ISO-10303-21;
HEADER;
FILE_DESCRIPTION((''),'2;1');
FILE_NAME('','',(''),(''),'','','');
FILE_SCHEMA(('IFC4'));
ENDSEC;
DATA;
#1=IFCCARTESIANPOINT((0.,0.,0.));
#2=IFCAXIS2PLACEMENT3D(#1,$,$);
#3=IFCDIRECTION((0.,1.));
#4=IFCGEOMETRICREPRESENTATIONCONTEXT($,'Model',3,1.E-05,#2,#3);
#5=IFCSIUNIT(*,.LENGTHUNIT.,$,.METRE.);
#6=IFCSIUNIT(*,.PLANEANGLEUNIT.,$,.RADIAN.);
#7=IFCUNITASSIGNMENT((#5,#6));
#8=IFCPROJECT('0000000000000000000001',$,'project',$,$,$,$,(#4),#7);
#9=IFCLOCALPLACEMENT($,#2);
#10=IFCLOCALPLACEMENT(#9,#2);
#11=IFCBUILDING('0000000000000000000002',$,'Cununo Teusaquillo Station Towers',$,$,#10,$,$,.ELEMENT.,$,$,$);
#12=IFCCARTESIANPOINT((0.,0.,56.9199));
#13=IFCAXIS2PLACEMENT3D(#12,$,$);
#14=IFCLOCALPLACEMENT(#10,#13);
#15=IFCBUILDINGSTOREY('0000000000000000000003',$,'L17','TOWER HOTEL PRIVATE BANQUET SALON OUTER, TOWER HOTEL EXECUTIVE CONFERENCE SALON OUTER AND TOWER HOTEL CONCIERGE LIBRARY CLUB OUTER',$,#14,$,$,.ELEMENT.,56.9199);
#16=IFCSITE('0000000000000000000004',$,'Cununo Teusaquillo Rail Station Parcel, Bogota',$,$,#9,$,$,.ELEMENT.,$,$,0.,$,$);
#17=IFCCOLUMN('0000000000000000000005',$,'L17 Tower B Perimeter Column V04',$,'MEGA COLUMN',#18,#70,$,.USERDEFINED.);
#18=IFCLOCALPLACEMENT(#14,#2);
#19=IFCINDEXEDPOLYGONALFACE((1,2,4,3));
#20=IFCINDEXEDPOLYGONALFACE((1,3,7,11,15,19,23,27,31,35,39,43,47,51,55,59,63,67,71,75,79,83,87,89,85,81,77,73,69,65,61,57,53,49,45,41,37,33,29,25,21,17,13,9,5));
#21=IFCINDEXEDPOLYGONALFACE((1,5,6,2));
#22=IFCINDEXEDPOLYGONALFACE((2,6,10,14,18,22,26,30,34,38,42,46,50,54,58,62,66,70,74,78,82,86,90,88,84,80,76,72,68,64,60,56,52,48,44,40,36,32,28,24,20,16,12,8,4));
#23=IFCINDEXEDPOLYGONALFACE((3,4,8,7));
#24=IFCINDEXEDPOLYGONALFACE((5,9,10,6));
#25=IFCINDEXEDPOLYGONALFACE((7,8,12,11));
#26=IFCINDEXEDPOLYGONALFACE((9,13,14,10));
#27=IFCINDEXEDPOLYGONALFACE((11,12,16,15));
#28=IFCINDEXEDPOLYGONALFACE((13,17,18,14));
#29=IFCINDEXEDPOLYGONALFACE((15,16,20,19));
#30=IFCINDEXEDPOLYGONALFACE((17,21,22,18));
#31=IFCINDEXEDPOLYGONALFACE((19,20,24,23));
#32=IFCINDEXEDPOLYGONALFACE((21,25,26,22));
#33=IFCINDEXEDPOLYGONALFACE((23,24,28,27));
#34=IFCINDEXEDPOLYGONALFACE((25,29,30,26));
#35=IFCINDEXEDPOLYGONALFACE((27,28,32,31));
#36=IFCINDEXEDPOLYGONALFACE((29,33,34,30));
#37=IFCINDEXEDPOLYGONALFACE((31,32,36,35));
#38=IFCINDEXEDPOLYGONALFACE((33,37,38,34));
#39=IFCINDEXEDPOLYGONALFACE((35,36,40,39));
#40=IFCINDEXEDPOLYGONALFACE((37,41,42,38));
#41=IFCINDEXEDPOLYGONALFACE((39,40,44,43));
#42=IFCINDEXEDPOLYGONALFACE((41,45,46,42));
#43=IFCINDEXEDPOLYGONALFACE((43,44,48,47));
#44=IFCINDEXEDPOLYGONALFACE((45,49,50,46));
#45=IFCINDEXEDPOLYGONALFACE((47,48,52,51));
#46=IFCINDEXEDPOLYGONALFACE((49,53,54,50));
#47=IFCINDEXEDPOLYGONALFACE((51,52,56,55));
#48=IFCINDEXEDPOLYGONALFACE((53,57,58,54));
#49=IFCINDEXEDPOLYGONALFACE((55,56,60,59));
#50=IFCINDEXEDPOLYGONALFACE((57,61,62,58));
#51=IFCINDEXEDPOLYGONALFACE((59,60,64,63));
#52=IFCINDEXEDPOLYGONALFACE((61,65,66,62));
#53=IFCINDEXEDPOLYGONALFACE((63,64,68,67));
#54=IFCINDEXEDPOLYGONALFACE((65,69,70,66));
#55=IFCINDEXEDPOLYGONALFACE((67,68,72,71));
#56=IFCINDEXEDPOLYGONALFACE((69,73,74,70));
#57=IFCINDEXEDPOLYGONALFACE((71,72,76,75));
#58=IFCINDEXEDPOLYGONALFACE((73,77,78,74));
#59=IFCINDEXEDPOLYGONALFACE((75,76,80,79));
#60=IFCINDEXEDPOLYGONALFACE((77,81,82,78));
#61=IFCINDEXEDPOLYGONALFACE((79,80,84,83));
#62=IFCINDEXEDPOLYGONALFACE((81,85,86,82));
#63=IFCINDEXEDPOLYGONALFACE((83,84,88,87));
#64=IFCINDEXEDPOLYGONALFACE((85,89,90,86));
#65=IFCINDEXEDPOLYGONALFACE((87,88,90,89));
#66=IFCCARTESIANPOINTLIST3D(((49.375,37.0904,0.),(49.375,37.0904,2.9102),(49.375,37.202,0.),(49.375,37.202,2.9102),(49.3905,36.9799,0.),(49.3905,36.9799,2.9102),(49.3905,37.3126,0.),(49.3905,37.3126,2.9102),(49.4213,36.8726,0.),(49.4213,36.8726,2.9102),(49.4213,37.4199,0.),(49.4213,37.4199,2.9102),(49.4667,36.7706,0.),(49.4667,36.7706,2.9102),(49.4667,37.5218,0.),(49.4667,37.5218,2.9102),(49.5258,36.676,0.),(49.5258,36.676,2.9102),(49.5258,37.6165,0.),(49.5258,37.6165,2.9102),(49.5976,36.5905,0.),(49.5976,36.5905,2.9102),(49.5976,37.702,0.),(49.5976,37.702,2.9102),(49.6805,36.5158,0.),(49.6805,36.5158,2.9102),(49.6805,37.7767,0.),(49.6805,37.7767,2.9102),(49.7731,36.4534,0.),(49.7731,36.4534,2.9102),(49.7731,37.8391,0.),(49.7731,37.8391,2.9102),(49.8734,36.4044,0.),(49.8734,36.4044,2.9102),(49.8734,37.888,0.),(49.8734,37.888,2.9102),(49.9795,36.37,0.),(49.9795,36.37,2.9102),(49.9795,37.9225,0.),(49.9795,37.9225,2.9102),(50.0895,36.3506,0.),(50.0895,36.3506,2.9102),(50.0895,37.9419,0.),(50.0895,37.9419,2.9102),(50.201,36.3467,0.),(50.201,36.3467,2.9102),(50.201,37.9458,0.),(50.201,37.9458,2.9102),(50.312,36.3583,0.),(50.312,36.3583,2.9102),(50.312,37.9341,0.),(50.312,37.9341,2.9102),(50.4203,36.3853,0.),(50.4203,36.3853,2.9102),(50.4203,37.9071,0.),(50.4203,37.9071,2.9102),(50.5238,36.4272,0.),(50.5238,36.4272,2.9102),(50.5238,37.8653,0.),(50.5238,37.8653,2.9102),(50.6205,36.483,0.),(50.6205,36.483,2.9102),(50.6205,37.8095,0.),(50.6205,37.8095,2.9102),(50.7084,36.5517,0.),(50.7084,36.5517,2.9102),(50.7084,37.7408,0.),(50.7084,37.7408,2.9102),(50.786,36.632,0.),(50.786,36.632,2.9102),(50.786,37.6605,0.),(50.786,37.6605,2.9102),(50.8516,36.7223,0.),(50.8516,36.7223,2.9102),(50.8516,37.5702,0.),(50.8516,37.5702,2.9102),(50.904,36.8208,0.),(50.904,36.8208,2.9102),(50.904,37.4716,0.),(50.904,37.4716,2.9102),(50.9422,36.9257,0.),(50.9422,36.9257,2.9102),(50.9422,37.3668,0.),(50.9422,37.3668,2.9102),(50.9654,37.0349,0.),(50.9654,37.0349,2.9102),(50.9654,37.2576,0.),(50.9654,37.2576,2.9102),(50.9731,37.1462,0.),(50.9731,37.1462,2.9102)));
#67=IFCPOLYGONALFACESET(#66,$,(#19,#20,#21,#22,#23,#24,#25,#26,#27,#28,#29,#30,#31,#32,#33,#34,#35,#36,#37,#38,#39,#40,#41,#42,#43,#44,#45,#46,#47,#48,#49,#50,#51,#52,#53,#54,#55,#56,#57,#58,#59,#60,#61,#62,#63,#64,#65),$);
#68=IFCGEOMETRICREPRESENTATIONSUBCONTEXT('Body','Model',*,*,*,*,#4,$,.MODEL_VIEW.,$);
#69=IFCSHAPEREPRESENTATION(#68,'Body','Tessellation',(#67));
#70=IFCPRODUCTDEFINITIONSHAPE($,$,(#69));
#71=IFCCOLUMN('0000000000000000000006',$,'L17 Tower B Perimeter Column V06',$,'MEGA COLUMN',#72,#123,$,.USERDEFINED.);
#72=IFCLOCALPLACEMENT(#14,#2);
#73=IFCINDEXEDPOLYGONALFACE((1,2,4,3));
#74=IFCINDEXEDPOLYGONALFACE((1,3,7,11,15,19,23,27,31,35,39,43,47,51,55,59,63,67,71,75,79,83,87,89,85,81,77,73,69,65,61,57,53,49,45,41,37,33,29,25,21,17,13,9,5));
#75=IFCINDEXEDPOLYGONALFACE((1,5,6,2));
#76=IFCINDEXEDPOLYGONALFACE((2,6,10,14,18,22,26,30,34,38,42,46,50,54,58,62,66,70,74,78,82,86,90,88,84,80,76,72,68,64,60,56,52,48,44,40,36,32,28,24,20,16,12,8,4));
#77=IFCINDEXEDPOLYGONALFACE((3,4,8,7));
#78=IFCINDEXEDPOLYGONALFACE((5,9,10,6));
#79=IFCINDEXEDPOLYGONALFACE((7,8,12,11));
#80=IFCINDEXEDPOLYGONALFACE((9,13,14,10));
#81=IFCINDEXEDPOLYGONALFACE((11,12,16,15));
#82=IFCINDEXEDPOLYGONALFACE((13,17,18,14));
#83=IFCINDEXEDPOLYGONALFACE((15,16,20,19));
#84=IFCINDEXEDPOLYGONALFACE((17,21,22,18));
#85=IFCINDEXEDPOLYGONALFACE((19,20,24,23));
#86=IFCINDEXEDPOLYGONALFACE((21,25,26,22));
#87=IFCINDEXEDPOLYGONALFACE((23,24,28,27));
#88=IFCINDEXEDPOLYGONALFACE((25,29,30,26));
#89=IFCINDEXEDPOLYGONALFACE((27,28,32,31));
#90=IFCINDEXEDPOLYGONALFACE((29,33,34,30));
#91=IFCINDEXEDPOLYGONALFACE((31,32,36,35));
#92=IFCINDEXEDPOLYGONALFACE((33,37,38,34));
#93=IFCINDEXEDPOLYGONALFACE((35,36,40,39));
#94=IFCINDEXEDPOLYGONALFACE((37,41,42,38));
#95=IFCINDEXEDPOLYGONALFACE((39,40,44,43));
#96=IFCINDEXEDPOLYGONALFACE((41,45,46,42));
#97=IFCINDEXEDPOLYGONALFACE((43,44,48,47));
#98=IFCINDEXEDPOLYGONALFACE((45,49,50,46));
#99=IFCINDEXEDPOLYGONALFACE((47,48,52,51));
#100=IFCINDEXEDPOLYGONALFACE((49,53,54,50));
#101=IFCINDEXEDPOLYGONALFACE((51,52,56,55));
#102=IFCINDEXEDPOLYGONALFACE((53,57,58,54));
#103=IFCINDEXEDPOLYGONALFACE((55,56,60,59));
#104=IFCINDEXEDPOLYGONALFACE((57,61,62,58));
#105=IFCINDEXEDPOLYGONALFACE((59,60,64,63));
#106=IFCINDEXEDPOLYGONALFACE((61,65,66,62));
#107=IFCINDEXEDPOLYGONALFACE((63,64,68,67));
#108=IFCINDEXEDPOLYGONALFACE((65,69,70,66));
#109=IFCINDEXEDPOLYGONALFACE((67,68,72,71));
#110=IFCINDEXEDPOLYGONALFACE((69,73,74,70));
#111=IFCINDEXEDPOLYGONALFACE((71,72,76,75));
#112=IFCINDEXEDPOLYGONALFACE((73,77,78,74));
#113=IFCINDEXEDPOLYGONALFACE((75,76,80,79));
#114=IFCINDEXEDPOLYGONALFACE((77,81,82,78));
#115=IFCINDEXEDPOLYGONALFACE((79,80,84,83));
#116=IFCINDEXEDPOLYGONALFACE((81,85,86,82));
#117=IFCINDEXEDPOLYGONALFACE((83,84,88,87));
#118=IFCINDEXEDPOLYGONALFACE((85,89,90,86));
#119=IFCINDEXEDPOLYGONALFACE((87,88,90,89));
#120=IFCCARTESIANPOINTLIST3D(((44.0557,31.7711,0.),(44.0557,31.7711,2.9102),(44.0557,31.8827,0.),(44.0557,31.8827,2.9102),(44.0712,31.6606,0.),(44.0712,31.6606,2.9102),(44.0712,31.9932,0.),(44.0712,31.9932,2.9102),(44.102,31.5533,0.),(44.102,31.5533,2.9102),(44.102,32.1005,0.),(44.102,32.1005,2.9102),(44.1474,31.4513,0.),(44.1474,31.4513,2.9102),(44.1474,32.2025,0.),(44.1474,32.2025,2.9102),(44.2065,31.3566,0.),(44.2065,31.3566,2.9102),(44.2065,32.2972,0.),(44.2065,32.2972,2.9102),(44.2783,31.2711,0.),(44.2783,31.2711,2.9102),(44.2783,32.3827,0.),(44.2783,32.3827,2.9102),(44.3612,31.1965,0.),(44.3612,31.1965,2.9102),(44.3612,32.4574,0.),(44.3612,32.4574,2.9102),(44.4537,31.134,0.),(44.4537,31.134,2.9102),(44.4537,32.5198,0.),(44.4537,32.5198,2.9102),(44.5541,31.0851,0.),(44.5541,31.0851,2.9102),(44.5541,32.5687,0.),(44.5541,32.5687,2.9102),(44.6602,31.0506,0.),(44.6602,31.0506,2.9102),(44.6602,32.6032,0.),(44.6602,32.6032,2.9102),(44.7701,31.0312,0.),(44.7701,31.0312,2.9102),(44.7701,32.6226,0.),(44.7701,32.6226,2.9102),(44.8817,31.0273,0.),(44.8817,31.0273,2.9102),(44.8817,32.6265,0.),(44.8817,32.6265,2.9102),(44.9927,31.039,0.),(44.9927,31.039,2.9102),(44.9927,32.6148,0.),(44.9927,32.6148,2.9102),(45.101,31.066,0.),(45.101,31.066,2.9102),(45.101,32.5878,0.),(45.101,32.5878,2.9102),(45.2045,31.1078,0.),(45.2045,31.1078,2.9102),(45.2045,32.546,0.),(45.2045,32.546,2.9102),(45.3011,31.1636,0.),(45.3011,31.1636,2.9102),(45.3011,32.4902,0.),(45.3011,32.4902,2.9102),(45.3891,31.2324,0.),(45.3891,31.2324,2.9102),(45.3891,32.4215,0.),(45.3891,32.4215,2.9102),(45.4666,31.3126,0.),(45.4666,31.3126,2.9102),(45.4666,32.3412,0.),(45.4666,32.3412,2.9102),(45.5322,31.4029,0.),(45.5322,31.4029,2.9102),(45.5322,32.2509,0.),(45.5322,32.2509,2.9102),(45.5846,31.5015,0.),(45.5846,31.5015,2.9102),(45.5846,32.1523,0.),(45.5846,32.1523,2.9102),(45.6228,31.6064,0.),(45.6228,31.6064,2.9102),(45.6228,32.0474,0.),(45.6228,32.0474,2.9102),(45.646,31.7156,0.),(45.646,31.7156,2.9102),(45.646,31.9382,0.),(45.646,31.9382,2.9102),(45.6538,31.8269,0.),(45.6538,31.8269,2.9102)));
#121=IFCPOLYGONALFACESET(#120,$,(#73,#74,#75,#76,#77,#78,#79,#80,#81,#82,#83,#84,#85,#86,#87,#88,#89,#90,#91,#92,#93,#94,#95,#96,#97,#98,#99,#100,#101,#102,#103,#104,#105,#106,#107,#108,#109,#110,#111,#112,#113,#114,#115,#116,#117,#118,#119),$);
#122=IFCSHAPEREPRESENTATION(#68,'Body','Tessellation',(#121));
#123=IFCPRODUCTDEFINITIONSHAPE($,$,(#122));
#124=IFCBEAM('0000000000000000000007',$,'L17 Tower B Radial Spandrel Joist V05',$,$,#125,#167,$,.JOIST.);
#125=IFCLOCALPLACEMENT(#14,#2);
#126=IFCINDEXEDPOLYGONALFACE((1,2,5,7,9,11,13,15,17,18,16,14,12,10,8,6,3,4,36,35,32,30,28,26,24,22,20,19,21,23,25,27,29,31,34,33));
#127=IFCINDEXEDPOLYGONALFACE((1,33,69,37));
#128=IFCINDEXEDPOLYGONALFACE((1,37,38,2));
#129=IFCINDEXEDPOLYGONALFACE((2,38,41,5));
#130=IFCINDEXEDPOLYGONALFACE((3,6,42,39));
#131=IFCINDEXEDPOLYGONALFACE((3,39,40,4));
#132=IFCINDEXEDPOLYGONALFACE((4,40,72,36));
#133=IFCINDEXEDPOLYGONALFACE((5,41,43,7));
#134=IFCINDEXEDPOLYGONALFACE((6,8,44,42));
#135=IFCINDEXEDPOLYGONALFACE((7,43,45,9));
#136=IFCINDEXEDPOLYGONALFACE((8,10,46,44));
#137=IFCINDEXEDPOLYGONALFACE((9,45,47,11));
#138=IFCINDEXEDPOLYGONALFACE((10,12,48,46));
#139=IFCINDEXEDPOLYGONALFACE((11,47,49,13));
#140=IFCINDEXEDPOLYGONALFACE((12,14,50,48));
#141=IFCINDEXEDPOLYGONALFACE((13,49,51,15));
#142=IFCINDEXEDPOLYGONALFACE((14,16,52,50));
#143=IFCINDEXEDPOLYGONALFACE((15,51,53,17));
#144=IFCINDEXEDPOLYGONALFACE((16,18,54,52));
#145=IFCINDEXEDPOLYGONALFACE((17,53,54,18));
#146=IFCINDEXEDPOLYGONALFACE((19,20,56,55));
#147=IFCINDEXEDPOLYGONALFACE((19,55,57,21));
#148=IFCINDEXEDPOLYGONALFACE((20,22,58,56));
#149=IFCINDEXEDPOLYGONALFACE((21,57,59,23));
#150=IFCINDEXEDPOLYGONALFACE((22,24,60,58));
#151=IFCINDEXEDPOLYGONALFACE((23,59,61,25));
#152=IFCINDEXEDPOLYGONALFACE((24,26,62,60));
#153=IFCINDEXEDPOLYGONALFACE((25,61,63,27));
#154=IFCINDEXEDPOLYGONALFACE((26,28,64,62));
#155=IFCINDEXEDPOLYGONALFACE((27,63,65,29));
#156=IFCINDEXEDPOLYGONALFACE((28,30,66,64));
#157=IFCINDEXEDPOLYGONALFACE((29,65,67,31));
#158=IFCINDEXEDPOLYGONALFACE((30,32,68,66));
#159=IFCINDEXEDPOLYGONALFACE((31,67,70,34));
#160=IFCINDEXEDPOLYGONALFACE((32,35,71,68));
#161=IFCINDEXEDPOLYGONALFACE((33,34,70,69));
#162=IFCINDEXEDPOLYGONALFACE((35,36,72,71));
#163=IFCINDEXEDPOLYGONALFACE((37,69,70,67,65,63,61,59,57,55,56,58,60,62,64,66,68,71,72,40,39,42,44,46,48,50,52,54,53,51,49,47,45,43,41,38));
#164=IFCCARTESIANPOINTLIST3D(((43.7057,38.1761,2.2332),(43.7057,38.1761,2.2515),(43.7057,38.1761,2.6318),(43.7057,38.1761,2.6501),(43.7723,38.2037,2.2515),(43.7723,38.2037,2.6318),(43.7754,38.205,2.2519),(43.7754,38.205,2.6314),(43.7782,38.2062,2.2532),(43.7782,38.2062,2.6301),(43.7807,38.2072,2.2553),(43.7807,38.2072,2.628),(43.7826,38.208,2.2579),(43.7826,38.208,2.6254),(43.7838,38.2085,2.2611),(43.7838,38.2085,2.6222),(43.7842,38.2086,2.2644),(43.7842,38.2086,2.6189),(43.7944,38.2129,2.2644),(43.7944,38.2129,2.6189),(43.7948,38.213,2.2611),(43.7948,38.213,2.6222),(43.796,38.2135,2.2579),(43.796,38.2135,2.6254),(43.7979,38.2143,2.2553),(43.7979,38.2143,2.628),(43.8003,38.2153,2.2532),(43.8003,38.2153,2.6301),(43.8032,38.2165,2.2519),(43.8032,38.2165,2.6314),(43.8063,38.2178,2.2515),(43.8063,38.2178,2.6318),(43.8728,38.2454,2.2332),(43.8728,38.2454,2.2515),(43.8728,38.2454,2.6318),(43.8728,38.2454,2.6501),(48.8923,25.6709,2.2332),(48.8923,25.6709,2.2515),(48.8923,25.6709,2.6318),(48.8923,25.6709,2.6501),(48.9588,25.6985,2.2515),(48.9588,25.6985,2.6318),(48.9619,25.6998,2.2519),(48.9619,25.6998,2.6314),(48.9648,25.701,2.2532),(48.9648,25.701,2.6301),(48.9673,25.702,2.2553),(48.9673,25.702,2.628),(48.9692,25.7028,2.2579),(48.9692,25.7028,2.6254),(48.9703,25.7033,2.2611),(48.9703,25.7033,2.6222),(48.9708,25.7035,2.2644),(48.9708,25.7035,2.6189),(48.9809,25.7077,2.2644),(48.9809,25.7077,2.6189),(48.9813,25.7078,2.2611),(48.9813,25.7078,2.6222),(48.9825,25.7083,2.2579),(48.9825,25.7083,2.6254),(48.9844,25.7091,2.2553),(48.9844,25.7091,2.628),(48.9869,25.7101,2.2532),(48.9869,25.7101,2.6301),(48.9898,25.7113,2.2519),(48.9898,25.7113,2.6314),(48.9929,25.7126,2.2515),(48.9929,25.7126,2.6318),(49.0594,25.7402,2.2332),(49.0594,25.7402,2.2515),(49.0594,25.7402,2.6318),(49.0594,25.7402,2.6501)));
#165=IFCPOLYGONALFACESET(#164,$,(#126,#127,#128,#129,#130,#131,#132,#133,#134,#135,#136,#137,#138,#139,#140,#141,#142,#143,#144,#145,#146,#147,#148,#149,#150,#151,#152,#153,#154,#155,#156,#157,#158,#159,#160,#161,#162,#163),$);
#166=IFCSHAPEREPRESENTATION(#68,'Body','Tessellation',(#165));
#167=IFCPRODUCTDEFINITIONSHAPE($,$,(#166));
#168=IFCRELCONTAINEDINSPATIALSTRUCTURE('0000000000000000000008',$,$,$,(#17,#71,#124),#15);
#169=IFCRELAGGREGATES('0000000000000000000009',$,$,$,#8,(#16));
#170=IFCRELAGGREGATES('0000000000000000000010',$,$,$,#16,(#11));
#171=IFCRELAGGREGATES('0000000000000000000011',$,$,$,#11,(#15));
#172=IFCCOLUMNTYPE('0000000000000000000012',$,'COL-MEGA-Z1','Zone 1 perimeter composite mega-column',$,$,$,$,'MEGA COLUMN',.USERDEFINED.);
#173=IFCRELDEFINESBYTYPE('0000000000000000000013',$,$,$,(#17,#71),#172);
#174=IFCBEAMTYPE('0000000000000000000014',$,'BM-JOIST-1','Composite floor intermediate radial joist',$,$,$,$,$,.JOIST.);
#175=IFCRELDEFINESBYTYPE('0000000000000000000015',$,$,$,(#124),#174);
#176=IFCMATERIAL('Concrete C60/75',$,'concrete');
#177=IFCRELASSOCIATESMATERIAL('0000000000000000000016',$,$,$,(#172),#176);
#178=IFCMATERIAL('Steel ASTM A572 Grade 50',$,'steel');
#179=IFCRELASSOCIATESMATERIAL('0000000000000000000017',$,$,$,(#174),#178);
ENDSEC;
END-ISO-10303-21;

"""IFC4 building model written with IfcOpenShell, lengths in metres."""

from ifc_helpers import new_model, si_unit, direction, frame, origin, origin_2d, place, context, subcontext, project, spatial, circle, i_section, extrude, material, material_profile, profile_set, type_object, element, save


model = new_model("IFC4")

# Units and contexts
model_context = context("Model", 3, precision=1e-05, world=origin(), true_north=direction((0.0, 1.0)))
body_context = subcontext(model_context, "Body", "Model", "MODEL_VIEW")
ifc_project = project(units=[si_unit("LENGTHUNIT", "METRE"), si_unit("PLANEANGLEUNIT", "RADIAN")], contexts=[model_context])

# Site, building, storey
site_placement = place(None, origin())
site = spatial("IfcSite", under=ifc_project, at=site_placement, Name="Cununo Teusaquillo Rail Station Parcel, Bogota", CompositionType="ELEMENT", RefElevation=0.0)
building_placement = place(site_placement, origin())
building = spatial("IfcBuilding", under=site, at=building_placement, Name="Cununo Teusaquillo Station Towers", CompositionType="ELEMENT")
storey_placement = place(building_placement, frame((0.0, 0.0, 56.9199)))
storey = spatial("IfcBuildingStorey", under=building, at=storey_placement, Name="L17", Description="TOWER HOTEL PRIVATE BANQUET SALON OUTER, TOWER HOTEL EXECUTIVE CONFERENCE SALON OUTER AND TOWER HOTEL CONCIERGE LIBRARY CLUB OUTER", CompositionType="ELEMENT", Elevation=56.9199)

# Columns
ifc_material_1 = material(Name="Concrete C60/75", Category="concrete")
ifc_material_profile_1 = material_profile(ifc_material_1, circle(Radius=0.8, at=origin_2d()), Name="RC-CIRC-1600")
ifc_profile_set_1 = profile_set([ifc_material_profile_1], Name="Concrete C60/75")
column_type = type_object("IfcColumnType", Name="COL-MEGA-Z1", Description="Zone 1 perimeter composite mega-column", ElementType="MEGA COLUMN", PredefinedType="USERDEFINED", material=ifc_profile_set_1)
for number, where, z_axis, x_axis, name in (
    (1, (50.1731, 37.1462, 0.0), (0.0, 0.0, 1.0), (1.0, 0.0, 0.0), "L17 Tower B Perimeter Column V04"),
    (2, (44.8538, 31.8269, 0.0), (0.0, 0.0, 1.0), (1.0, 0.0, 0.0), "L17 Tower B Perimeter Column V06"),
):
    element("IfcColumn", number, at=place(storey_placement, frame(where, z_axis=z_axis, x_axis=x_axis)), inside=storey, type_object=column_type, Name=name, ObjectType="MEGA COLUMN", PredefinedType="USERDEFINED", context=body_context, shape_type="SweptSolid", body=[
        extrude(circle(Radius=0.8, at=origin_2d()), origin(), (0.0, 0.0, 1.0), 2.9102),
    ])

# Beam
ifc_material_2 = material(Name="Steel ASTM A572 Grade 50", Category="steel")
ifc_material_profile_2 = material_profile(ifc_material_2, i_section(OverallWidth=0.1809, OverallDepth=0.417, WebThickness=0.011, FlangeThickness=0.0183, FilletRadius=0.0129, at=origin_2d()), Name="W16X57")
ifc_profile_set_2 = profile_set([ifc_material_profile_2], Name="Steel ASTM A572 Grade 50")
beam_type_1 = type_object("IfcBeamType", Name="BM-JOIST-1", Description="Composite floor intermediate radial joist", PredefinedType="JOIST", material=ifc_profile_set_2)
beam_1_placement = place(storey_placement, frame((48.9758, 25.7056, 2.4417), z_axis=(-0.383108, 0.923704, 0.0), x_axis=(-0.923704, -0.383108, 0.0)))
element("IfcBeam", 3, at=beam_1_placement, inside=storey, type_object=beam_type_1, Name="L17 Tower B Radial Spandrel Joist V05", PredefinedType="JOIST", context=body_context, shape_type="SweptSolid", body=[
    extrude(i_section(OverallWidth=0.1809, OverallDepth=0.417, WebThickness=0.011, FlangeThickness=0.0183, FilletRadius=0.0129, at=origin_2d()), origin(), (0.0, 0.0, 1.0), 13.5381),
])

save(model, "model.ifc")
